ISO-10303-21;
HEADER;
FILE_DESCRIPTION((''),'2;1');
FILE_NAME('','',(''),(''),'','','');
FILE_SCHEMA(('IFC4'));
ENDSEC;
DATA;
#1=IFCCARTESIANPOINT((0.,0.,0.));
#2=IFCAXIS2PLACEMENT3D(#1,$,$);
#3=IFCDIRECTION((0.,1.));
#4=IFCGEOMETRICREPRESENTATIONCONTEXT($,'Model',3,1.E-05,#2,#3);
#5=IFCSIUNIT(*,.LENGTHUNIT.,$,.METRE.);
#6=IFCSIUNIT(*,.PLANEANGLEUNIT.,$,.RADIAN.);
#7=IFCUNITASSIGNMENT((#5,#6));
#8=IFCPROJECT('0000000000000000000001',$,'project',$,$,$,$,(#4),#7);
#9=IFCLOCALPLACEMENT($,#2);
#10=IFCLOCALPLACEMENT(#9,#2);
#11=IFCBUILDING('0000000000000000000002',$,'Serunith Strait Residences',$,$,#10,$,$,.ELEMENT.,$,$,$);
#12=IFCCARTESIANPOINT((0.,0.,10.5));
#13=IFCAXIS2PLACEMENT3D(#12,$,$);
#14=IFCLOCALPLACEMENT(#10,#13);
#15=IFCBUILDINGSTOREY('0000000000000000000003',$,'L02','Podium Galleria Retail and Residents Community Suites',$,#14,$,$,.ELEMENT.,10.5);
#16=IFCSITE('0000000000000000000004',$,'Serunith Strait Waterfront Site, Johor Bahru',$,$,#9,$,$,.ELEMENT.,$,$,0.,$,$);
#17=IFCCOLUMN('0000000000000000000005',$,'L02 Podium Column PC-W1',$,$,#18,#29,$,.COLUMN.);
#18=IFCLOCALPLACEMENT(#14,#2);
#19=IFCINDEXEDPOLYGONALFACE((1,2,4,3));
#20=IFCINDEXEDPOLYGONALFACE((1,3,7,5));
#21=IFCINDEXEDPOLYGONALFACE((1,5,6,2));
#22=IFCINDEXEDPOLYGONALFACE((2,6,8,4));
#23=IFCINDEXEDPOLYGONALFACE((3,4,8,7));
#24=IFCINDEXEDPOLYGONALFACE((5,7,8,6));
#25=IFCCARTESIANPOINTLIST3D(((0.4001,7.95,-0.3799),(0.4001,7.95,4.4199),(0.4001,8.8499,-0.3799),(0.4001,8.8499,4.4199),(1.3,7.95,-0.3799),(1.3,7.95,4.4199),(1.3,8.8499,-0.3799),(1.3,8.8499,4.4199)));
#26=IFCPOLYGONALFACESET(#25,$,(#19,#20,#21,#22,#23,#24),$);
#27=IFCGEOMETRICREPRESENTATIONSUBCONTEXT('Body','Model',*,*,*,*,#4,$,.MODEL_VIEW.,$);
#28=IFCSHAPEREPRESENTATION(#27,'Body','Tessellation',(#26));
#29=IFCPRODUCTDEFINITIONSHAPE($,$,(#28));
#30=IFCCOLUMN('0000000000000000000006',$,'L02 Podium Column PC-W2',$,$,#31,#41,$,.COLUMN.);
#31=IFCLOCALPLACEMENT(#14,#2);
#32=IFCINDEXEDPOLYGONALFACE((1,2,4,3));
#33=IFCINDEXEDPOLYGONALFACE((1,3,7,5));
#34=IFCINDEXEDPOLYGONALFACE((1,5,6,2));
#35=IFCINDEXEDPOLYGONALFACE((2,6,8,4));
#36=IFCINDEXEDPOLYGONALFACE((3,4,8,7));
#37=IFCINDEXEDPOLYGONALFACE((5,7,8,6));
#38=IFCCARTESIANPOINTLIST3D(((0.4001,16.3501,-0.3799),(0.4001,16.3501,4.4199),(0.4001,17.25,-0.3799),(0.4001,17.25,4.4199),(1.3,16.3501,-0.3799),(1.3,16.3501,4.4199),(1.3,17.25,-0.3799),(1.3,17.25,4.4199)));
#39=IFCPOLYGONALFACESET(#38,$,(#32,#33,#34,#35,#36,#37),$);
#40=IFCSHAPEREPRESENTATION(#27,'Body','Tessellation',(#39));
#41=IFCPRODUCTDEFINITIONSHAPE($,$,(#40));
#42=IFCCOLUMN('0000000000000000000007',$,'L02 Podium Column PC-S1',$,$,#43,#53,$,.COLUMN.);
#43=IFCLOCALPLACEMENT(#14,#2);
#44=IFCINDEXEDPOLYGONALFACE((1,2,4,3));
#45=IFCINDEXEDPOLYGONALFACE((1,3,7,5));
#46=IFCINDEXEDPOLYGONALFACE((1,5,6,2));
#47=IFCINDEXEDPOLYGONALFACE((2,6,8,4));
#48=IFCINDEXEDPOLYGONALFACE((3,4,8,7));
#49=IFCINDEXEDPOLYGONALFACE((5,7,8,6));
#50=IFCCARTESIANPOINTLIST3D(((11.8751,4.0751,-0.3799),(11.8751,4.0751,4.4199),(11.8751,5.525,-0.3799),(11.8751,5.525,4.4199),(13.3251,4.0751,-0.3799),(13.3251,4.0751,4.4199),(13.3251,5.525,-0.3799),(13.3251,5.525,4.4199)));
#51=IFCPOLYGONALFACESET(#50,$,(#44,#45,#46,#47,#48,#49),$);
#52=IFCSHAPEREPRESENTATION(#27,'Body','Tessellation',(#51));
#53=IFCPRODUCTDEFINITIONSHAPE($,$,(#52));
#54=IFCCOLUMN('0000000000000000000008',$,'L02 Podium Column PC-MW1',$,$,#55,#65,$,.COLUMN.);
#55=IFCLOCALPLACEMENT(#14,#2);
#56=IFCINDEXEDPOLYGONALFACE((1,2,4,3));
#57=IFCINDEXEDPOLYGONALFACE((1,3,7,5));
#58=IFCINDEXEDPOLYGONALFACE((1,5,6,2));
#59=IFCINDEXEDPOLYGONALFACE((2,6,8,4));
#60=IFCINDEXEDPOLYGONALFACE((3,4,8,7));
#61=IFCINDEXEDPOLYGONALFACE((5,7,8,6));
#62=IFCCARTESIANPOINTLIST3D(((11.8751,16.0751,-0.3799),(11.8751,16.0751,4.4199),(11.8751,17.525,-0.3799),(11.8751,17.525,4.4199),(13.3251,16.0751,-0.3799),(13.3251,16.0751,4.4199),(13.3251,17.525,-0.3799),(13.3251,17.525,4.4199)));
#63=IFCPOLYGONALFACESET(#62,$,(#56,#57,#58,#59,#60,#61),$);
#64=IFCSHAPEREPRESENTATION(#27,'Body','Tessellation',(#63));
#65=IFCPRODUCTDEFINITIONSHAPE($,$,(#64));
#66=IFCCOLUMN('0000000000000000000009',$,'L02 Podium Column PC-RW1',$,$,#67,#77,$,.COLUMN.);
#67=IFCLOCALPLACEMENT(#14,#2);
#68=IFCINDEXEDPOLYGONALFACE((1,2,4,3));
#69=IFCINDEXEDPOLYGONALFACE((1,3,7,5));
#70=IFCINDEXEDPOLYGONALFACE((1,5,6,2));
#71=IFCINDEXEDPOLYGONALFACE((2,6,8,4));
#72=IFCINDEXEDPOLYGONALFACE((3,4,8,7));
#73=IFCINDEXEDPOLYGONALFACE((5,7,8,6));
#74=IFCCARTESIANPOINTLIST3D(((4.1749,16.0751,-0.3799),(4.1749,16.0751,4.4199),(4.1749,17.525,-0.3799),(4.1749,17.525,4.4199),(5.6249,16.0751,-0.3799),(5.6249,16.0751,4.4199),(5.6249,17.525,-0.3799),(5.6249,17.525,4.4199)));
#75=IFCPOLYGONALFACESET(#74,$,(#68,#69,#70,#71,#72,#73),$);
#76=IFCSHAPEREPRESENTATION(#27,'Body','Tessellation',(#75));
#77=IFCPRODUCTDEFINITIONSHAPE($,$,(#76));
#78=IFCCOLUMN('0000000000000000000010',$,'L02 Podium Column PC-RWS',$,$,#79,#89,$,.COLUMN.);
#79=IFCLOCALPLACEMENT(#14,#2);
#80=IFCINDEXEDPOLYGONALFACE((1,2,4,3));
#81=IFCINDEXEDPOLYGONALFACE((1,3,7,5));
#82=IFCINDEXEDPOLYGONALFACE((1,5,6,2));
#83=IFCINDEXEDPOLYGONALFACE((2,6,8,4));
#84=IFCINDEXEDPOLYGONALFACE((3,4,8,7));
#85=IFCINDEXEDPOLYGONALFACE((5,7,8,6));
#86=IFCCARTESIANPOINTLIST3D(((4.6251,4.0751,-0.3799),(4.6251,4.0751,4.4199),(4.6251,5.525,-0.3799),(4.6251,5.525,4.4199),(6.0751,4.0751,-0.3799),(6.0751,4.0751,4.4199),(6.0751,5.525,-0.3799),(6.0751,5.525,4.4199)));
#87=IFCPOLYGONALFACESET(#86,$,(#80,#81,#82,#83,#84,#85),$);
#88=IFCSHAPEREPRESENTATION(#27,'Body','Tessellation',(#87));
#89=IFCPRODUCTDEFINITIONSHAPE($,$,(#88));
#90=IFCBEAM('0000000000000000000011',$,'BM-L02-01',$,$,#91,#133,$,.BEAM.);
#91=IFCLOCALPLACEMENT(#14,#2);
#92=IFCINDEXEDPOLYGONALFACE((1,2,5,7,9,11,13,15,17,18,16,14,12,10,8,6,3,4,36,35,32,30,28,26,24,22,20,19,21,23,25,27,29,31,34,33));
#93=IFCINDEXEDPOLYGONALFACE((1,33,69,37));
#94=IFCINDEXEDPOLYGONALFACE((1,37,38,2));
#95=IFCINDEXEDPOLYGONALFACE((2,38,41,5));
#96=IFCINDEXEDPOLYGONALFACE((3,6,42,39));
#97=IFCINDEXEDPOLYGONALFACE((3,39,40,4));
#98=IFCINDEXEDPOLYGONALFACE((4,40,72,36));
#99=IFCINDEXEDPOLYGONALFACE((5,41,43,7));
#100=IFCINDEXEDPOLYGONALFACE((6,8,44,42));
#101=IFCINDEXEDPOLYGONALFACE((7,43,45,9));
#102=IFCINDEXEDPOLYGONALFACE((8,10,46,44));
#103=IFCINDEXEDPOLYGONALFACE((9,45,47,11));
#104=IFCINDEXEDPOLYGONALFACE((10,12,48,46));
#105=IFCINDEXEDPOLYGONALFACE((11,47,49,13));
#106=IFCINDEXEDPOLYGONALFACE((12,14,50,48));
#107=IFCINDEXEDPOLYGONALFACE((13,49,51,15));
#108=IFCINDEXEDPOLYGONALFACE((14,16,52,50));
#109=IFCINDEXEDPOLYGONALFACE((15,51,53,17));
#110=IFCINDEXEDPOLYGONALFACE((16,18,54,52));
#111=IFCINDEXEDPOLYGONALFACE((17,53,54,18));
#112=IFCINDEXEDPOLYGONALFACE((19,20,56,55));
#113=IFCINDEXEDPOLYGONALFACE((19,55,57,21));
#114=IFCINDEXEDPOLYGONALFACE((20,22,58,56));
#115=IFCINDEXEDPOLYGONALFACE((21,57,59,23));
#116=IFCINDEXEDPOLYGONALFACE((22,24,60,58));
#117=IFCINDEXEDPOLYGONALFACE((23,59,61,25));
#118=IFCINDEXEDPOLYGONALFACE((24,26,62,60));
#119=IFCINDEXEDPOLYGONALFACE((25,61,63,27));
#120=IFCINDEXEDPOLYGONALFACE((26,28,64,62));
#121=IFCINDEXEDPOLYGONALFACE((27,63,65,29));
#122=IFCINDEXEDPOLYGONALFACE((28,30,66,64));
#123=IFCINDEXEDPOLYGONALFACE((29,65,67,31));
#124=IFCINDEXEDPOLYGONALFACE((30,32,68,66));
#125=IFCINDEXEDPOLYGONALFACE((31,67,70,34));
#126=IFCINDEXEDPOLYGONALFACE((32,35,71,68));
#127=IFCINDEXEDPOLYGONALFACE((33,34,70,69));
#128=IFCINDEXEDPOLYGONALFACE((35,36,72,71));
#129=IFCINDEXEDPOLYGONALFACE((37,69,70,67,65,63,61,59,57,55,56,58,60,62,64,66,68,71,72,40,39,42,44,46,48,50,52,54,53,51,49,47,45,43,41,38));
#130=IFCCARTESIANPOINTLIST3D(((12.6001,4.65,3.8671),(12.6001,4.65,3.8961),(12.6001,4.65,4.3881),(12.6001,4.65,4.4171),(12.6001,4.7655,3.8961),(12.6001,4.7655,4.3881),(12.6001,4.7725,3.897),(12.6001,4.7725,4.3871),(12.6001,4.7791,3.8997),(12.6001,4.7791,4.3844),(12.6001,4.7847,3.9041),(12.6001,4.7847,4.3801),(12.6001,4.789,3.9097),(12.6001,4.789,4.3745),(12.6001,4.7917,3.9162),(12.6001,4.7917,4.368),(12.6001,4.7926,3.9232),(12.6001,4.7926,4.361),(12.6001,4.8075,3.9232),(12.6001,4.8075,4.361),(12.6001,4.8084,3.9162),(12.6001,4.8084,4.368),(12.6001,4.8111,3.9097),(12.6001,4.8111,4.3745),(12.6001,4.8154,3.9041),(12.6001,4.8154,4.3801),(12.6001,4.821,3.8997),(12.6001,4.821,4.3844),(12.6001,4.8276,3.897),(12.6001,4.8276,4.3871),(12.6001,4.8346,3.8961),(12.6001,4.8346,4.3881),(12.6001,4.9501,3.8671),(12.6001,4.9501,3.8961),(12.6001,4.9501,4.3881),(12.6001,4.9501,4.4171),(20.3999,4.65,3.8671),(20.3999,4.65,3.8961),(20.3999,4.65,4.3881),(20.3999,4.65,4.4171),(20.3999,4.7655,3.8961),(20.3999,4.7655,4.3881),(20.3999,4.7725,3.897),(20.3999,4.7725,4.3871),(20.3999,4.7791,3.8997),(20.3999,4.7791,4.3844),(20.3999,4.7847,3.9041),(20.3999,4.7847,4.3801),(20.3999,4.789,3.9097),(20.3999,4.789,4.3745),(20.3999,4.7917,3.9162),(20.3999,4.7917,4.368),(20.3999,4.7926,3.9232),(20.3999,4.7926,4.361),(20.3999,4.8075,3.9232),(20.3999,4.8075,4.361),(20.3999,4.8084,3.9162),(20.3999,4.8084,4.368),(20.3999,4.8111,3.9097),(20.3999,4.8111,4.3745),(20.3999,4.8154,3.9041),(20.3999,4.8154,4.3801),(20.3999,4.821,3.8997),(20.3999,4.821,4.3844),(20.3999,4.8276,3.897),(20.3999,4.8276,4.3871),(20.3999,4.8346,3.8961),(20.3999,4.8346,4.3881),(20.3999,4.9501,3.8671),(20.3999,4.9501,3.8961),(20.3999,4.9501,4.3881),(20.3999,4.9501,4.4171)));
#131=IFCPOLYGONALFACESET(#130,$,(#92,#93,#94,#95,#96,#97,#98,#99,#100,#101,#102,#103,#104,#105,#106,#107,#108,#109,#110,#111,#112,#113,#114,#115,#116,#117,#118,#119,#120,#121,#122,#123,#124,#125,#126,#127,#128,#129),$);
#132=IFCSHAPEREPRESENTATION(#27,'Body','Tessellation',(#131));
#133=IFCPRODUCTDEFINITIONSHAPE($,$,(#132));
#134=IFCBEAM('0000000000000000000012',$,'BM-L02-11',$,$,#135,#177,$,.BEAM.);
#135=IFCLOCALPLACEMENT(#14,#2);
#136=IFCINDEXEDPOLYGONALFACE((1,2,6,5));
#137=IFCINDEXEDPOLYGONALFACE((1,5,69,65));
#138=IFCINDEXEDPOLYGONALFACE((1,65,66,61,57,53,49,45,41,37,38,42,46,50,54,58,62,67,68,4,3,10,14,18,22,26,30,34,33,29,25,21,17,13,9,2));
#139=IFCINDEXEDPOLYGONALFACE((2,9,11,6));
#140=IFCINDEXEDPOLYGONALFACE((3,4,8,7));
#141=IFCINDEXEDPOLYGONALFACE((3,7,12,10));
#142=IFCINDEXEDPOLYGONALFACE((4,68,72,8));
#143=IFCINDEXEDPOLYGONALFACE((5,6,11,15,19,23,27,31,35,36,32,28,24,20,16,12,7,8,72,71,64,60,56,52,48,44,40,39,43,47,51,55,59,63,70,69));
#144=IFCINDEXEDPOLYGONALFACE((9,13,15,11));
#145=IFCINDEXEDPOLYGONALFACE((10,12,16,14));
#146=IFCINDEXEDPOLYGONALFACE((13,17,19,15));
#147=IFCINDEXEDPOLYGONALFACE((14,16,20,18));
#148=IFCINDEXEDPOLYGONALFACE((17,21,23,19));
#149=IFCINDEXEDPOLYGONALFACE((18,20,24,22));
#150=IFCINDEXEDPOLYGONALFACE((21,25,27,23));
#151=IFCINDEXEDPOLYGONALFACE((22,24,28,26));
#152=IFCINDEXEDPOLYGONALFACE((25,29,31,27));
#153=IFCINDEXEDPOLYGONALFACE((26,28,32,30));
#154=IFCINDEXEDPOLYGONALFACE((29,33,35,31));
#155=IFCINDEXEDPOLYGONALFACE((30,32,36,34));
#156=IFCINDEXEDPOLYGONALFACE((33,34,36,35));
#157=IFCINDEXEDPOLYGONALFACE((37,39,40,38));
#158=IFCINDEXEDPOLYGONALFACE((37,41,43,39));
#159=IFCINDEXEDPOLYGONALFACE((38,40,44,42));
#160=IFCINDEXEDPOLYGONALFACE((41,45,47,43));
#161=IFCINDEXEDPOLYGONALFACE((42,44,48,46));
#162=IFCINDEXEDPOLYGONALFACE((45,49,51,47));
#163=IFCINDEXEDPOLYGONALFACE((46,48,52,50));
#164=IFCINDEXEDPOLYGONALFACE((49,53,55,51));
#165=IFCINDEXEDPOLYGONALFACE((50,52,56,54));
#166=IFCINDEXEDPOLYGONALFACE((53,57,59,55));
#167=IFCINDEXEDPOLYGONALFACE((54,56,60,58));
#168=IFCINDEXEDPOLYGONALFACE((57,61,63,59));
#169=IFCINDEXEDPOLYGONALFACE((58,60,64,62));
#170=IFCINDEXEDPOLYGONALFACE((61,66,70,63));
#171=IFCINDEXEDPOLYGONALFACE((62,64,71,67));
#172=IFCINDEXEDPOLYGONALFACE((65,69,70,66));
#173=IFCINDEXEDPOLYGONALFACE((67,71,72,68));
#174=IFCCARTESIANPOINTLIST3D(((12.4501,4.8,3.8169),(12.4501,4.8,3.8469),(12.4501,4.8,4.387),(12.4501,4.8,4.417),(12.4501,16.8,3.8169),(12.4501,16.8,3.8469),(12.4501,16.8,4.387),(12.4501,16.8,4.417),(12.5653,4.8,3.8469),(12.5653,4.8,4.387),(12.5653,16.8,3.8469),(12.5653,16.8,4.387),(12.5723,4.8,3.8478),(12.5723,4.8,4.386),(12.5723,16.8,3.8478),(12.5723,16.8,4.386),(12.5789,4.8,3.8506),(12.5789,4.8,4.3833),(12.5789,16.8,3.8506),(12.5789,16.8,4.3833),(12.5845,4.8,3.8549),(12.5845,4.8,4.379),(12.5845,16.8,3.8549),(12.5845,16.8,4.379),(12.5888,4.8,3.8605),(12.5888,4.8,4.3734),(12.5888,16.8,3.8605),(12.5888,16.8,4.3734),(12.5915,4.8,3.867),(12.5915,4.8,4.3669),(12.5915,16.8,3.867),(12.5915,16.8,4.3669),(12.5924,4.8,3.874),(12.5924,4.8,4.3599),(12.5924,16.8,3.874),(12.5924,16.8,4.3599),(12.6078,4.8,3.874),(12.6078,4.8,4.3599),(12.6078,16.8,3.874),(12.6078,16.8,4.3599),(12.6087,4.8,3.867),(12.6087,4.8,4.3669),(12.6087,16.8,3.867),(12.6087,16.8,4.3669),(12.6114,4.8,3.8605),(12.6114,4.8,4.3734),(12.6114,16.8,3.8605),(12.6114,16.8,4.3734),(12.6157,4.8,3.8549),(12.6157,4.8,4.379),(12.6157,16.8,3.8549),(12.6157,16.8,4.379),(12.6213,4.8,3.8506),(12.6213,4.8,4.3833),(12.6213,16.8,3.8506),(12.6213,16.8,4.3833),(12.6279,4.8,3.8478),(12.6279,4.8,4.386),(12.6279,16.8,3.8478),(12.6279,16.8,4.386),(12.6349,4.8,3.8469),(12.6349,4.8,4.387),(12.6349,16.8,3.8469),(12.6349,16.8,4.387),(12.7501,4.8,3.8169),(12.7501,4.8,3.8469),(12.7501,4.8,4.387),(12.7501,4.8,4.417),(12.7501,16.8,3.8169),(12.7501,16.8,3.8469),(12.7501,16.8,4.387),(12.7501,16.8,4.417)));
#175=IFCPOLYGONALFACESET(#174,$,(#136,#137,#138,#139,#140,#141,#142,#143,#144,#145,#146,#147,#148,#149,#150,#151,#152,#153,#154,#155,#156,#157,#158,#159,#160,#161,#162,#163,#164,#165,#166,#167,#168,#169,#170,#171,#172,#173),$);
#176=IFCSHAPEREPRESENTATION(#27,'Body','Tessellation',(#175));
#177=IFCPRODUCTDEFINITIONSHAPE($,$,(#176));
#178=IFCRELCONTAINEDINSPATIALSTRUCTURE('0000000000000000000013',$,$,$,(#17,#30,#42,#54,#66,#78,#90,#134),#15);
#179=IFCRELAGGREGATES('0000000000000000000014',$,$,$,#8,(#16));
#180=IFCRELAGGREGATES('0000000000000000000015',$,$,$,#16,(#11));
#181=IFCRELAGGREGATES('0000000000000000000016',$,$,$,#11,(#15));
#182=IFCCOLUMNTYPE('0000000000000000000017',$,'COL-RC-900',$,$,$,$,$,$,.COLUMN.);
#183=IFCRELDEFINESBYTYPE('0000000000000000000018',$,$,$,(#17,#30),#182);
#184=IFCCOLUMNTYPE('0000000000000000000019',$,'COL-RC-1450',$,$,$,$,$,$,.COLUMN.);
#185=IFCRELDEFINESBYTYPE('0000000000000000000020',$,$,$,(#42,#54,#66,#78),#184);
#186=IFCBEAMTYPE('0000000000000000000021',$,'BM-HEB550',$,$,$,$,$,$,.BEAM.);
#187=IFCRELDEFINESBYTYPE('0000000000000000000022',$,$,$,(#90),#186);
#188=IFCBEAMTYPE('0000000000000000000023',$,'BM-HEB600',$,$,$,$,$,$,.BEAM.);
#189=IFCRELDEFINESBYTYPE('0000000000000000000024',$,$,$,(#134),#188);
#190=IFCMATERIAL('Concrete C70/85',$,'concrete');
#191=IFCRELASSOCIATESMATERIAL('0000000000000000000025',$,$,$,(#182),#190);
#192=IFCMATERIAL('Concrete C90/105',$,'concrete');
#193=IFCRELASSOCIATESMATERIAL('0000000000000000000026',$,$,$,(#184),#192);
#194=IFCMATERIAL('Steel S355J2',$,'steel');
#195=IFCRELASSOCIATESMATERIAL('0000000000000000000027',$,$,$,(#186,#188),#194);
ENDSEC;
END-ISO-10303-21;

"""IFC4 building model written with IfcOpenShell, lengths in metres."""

from ifc_helpers import new_model, si_unit, direction, frame, origin, origin_2d, place, context, subcontext, project, spatial, rectangle, i_section, extrude, source, transform, mapped, material, material_profile, profile_set, type_object, element, save


model = new_model("IFC4")

# Units and contexts
model_context = context("Model", 3, precision=1e-05, world=origin(), true_north=direction((0.0, 1.0)))
body_context = subcontext(model_context, "Body", "Model", "MODEL_VIEW")
ifc_project = project(units=[si_unit("LENGTHUNIT", "METRE"), si_unit("PLANEANGLEUNIT", "RADIAN")], contexts=[model_context])

# Site, building, storey
site_placement = place(None, origin())
site = spatial("IfcSite", under=ifc_project, at=site_placement, Name="Serunith Strait Waterfront Site, Johor Bahru", CompositionType="ELEMENT", RefElevation=0.0)
building_placement = place(site_placement, origin())
building = spatial("IfcBuilding", under=site, at=building_placement, Name="Serunith Strait Residences", CompositionType="ELEMENT")
storey_placement = place(building_placement, frame((0.0, 0.0, 10.5)))
storey = spatial("IfcBuildingStorey", under=building, at=storey_placement, Name="L02", Description="Podium Galleria Retail and Residents Community Suites", CompositionType="ELEMENT", Elevation=10.5)

# Columns
ifc_material_1 = material(Name="Concrete C70/85", Category="concrete")
ifc_material_profile_1 = material_profile(ifc_material_1, rectangle(XDim=0.8999, YDim=0.8999, at=origin_2d()), Name="RC 900x900")
ifc_profile_set_1 = profile_set([ifc_material_profile_1], Name="Concrete C70/85")
column_type_1 = type_object("IfcColumnType", Name="COL-RC-900", PredefinedType="COLUMN", material=ifc_profile_set_1)
shared_shape_1 = source(origin(), body_context, "Body", "SweptSolid", [
    extrude(rectangle(XDim=0.8999, YDim=0.8999, at=origin_2d()), origin(), (0.0, 0.0, 1.0), 4.7998),
])
for number, where, z_axis, x_axis, name in (
    (1, (0.8501, 8.3999, -0.3799), (0.0, 0.0, 1.0), (1.0, 0.0, 0.0), "L02 Podium Column PC-W1"),
    (2, (0.8501, 16.8, -0.3799), (0.0, 0.0, 1.0), (1.0, 0.0, 0.0), "L02 Podium Column PC-W2"),
):
    element("IfcColumn", number, at=place(storey_placement, frame(where, z_axis=z_axis, x_axis=x_axis)), inside=storey, type_object=column_type_1, Name=name, PredefinedType="COLUMN", context=body_context, shape_type="MappedRepresentation", body=[
        mapped(shared_shape_1, transform((0.0, 0.0, 0.0), scale=1.0)),
    ])
ifc_material_2 = material(Name="Concrete C90/105", Category="concrete")
ifc_material_profile_2 = material_profile(ifc_material_2, rectangle(XDim=1.45, YDim=1.45, at=origin_2d()), Name="RC 1450x1450")
ifc_profile_set_2 = profile_set([ifc_material_profile_2], Name="Concrete C90/105")
column_type_2 = type_object("IfcColumnType", Name="COL-RC-1450", PredefinedType="COLUMN", material=ifc_profile_set_2)
shared_shape_2 = source(origin(), body_context, "Body", "SweptSolid", [
    extrude(rectangle(XDim=1.45, YDim=1.45, at=origin_2d()), origin(), (0.0, 0.0, 1.0), 4.7998),
])
for number, where, z_axis, x_axis, name in (
    (3, (12.6001, 4.8, -0.3799), (0.0, 0.0, 1.0), (1.0, 0.0, 0.0), "L02 Podium Column PC-S1"),
    (4, (12.6001, 16.8, -0.3799), (0.0, 0.0, 1.0), (1.0, 0.0, 0.0), "L02 Podium Column PC-MW1"),
    (5, (4.8999, 16.8, -0.3799), (0.0, 0.0, 1.0), (1.0, 0.0, 0.0), "L02 Podium Column PC-RW1"),
    (6, (5.3501, 4.8, -0.3799), (0.0, 0.0, 1.0), (1.0, 0.0, 0.0), "L02 Podium Column PC-RWS"),
):
    element("IfcColumn", number, at=place(storey_placement, frame(where, z_axis=z_axis, x_axis=x_axis)), inside=storey, type_object=column_type_2, Name=name, PredefinedType="COLUMN", context=body_context, shape_type="MappedRepresentation", body=[
        mapped(shared_shape_2, transform((0.0, 0.0, 0.0), scale=1.0)),
    ])

# Beams
ifc_material_3 = material(Name="Steel S355J2", Category="steel")
ifc_material_profile_3 = material_profile(ifc_material_3, i_section(OverallWidth=0.3, OverallDepth=0.55, WebThickness=0.0149, FlangeThickness=0.0291, FilletRadius=0.0271, at=origin_2d()), Name="HEB 550")
ifc_profile_set_3 = profile_set([ifc_material_profile_3], Name="Steel S355J2")
beam_type_1 = type_object("IfcBeamType", Name="BM-HEB550", PredefinedType="BEAM", material=ifc_profile_set_3)
shared_shape_3 = source(origin(), body_context, "Body", "SweptSolid", [
    extrude(i_section(OverallWidth=0.3, OverallDepth=0.55, WebThickness=0.0149, FlangeThickness=0.0291, FilletRadius=0.0271, at=origin_2d()), origin(), (0.0, 0.0, 1.0), 7.7998),
])
beam_1_placement = place(storey_placement, frame((12.6001, 4.8, 4.1421), z_axis=(1.0, 0.0, 0.0), x_axis=(0.0, 1.0, 0.0)))
element("IfcBeam", 7, at=beam_1_placement, inside=storey, type_object=beam_type_1, Name="BM-L02-01", PredefinedType="BEAM", context=body_context, shape_type="MappedRepresentation", body=[
    mapped(shared_shape_3, transform((0.0, 0.0, 0.0), scale=1.0)),
])
ifc_material_profile_4 = material_profile(ifc_material_3, i_section(OverallWidth=0.3, OverallDepth=0.6001, WebThickness=0.0154, FlangeThickness=0.03, FilletRadius=0.0271, at=origin_2d()), Name="HEB 600")
ifc_profile_set_4 = profile_set([ifc_material_profile_4], Name="Steel S355J2")
beam_type_2 = type_object("IfcBeamType", Name="BM-HEB600", PredefinedType="BEAM", material=ifc_profile_set_4)
shared_shape_4 = source(origin(), body_context, "Body", "SweptSolid", [
    extrude(i_section(OverallWidth=0.3, OverallDepth=0.6001, WebThickness=0.0154, FlangeThickness=0.03, FilletRadius=0.0271, at=origin_2d()), origin(), (0.0, 0.0, 1.0), 12.0),
])
beam_2_placement = place(storey_placement, frame((12.6001, 4.8, 4.1169), z_axis=(0.0, 1.0, 0.0), x_axis=(-1.0, 0.0, 0.0)))
element("IfcBeam", 8, at=beam_2_placement, inside=storey, type_object=beam_type_2, Name="BM-L02-11", PredefinedType="BEAM", context=body_context, shape_type="MappedRepresentation", body=[
    mapped(shared_shape_4, transform((0.0, 0.0, 0.0), scale=1.0)),
])

save(model, "model.ifc")
